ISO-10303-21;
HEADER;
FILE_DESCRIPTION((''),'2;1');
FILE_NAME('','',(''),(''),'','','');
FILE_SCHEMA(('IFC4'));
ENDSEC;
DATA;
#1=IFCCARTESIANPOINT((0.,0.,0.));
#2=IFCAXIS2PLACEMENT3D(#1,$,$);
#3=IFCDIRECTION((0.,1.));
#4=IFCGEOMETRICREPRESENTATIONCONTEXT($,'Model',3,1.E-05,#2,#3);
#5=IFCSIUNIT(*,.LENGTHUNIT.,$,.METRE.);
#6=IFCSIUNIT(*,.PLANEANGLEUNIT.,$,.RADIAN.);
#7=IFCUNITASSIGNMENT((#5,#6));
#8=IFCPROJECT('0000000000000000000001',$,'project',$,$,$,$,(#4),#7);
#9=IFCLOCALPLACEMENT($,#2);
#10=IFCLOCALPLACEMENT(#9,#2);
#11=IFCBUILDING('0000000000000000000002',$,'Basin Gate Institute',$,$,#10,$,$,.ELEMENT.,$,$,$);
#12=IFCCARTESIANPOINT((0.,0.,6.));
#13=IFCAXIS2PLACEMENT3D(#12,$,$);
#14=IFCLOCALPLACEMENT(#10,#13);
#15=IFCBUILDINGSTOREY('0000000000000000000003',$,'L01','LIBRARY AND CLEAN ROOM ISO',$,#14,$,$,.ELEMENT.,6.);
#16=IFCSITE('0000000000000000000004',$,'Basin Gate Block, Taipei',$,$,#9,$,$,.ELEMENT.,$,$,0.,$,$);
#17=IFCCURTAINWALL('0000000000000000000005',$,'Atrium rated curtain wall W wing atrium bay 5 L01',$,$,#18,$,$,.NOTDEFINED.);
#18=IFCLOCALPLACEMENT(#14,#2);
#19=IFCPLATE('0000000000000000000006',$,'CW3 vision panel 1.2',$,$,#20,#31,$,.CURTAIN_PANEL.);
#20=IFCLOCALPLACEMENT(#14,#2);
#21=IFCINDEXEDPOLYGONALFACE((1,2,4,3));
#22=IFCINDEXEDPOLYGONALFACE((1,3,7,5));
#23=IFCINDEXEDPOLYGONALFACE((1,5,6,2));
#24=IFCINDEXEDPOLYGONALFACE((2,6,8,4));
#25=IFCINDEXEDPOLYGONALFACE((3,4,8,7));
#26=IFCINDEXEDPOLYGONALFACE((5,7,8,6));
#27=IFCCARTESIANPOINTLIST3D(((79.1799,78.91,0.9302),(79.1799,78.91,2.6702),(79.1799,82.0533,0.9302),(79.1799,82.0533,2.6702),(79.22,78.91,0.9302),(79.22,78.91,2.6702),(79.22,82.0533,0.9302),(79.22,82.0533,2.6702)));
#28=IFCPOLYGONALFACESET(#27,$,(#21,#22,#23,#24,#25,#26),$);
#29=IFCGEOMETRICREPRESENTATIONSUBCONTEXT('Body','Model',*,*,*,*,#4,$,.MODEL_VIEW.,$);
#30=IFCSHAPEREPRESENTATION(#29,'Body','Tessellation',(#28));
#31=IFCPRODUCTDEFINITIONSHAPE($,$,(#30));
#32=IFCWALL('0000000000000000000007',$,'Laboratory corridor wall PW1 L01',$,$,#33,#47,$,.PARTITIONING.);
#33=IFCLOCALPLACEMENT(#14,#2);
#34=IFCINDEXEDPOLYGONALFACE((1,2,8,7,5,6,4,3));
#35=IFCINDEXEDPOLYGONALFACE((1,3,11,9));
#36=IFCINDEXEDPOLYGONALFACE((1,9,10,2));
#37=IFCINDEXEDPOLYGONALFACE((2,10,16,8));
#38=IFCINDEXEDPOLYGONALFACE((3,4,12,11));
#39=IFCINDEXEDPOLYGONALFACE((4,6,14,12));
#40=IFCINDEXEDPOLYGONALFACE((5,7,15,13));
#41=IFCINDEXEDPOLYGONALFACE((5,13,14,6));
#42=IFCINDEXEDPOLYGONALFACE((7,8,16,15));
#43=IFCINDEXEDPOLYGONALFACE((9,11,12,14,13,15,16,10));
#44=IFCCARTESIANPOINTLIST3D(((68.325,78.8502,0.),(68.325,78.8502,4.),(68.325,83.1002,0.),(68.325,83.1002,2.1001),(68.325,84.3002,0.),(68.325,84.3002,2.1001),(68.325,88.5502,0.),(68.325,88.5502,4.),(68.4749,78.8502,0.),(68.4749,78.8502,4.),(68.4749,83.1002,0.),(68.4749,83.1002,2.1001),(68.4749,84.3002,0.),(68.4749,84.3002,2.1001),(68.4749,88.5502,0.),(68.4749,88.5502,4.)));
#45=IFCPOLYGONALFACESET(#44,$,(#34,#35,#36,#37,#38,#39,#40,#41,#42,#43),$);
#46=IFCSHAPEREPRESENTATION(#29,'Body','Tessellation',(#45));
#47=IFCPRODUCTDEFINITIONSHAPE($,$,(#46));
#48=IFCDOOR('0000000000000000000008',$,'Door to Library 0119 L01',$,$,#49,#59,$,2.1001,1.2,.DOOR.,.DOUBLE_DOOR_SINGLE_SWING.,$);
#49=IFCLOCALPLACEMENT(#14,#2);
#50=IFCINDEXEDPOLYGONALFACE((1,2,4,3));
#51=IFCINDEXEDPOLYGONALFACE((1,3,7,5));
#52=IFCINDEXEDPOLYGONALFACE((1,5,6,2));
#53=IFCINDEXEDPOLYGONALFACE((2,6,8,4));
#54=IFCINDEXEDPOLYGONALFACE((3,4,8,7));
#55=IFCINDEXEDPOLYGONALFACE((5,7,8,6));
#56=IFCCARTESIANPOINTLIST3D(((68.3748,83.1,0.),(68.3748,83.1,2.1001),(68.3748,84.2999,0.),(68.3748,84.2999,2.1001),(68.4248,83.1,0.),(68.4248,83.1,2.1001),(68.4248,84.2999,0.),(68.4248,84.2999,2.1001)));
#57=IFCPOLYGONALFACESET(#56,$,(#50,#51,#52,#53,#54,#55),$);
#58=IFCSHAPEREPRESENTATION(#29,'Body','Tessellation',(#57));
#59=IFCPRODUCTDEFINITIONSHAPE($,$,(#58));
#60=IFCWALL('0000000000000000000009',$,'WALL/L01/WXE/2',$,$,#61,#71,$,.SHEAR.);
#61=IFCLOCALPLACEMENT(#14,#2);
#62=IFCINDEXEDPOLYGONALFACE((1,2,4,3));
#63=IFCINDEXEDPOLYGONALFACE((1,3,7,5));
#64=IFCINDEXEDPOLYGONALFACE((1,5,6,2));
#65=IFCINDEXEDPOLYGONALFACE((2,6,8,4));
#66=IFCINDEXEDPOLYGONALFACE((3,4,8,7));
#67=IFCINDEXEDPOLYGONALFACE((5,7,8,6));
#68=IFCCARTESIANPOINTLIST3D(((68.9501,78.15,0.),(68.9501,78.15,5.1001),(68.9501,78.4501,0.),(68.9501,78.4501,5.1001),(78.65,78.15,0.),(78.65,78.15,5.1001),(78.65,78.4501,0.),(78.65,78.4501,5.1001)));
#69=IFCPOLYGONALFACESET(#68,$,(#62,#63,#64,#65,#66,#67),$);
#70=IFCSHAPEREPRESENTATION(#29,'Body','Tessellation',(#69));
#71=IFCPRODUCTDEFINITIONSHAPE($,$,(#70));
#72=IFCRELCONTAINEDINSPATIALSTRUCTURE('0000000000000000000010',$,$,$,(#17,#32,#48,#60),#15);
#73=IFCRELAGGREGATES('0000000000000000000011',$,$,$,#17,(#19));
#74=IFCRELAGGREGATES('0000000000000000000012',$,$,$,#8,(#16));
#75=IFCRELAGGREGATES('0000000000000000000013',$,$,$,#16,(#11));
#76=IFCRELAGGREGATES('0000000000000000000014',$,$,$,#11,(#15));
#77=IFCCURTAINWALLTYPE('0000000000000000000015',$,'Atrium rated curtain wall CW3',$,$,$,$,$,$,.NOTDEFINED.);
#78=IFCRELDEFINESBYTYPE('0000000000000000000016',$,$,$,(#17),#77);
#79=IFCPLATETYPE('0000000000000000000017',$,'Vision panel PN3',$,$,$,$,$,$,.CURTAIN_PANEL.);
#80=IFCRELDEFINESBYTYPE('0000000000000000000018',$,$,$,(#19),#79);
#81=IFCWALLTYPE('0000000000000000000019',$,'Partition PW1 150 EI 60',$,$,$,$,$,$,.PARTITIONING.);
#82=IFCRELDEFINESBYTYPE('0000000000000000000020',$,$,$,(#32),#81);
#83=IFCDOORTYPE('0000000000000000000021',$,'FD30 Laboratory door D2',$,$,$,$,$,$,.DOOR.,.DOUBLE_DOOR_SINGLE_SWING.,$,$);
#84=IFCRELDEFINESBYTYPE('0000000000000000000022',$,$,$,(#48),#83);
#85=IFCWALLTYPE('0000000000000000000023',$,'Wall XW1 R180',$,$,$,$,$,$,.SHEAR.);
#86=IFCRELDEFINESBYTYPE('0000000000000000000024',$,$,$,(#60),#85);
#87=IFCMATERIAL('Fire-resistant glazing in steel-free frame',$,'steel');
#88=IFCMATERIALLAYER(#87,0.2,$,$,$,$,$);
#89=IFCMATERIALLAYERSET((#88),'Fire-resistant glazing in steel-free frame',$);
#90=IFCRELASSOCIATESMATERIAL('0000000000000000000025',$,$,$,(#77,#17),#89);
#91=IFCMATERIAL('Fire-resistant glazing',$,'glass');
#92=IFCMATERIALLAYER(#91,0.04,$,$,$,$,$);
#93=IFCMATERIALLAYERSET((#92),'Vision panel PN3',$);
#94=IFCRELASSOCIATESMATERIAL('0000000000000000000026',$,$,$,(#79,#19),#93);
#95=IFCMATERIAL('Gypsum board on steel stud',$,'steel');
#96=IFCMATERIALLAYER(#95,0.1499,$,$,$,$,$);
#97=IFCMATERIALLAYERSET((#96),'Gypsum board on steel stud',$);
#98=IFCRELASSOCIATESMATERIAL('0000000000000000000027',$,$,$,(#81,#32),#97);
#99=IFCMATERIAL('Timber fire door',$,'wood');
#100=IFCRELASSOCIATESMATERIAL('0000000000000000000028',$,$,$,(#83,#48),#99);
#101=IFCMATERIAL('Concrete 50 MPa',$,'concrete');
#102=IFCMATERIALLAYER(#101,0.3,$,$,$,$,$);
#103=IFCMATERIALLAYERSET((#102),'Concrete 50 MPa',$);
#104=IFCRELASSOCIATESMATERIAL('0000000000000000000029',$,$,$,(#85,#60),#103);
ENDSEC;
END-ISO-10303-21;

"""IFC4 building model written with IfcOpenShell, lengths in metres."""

from ifc_helpers import new_model, si_unit, direction, frame, frame_2d, origin, origin_2d, place, context, subcontext, project, spatial, rectangle, extrude, material, layer, layer_set, type_object, element, fill, aggregate, save


model = new_model("IFC4")

# Units and contexts
model_context = context("Model", 3, precision=1e-05, world=origin(), true_north=direction((0.0, 1.0)))
body_context = subcontext(model_context, "Body", "Model", "MODEL_VIEW")
ifc_project = project(units=[si_unit("LENGTHUNIT", "METRE"), si_unit("PLANEANGLEUNIT", "RADIAN")], contexts=[model_context])

# Site, building, storey
site_placement = place(None, origin())
site = spatial("IfcSite", under=ifc_project, at=site_placement, Name="Basin Gate Block, Taipei", CompositionType="ELEMENT", RefElevation=0.0)
building_placement = place(site_placement, origin())
building = spatial("IfcBuilding", under=site, at=building_placement, Name="Basin Gate Institute", CompositionType="ELEMENT")
storey_placement = place(building_placement, frame((0.0, 0.0, 6.0)))
storey = spatial("IfcBuildingStorey", under=building, at=storey_placement, Name="L01", Description="LIBRARY AND CLEAN ROOM ISO", CompositionType="ELEMENT", Elevation=6.0)

# Curtain wall
ifc_material_1 = material(Name="Fire-resistant glazing in steel-free frame", Category="steel")
ifc_layer_1 = layer(ifc_material_1, 0.2)
ifc_layer_set_1 = layer_set([ifc_layer_1], Name="Fire-resistant glazing in steel-free frame")
curtain_wall_type = type_object("IfcCurtainWallType", Name="Atrium rated curtain wall CW3", PredefinedType="NOTDEFINED", material=ifc_layer_set_1)
curtain_wall_1_placement = place(storey_placement, origin())
curtain_wall_1 = element("IfcCurtainWall", 1, at=curtain_wall_1_placement, inside=storey, type_object=curtain_wall_type, material=ifc_layer_set_1, Name="Atrium rated curtain wall W wing atrium bay 5 L01", PredefinedType="NOTDEFINED")

# Plate
ifc_material_2 = material(Name="Fire-resistant glazing", Category="glass")
ifc_layer_2 = layer(ifc_material_2, 0.04)
ifc_layer_set_2 = layer_set([ifc_layer_2], Name="Vision panel PN3")
plate_type_1 = type_object("IfcPlateType", Name="Vision panel PN3", PredefinedType="CURTAIN_PANEL", material=ifc_layer_set_2)
plate_1_placement = place(storey_placement, frame((79.2, 80.4817, 0.9302), z_axis=(0.0, 0.0, 1.0), x_axis=(0.0, 1.0, 0.0)))
plate_1 = element("IfcPlate", 2, at=plate_1_placement, type_object=plate_type_1, material=ifc_layer_set_2, Name="CW3 vision panel 1.2", PredefinedType="CURTAIN_PANEL", context=body_context, shape_type="SweptSolid", body=[
    extrude(rectangle(XDim=3.1433, YDim=0.04, at=origin_2d()), origin(), (0.0, 0.0, 1.0), 1.74),
])
aggregate(curtain_wall_1, [plate_1])

# Wall, opening, door
ifc_material_3 = material(Name="Gypsum board on steel stud", Category="steel")
ifc_layer_3 = layer(ifc_material_3, 0.1499)
ifc_layer_set_3 = layer_set([ifc_layer_3], Name="Gypsum board on steel stud")
wall_type_1 = type_object("IfcWallType", Name="Partition PW1 150 EI 60", PredefinedType="PARTITIONING", material=ifc_layer_set_3)
wall_1_placement = place(storey_placement, frame((68.3999, 78.8501, 0.0), z_axis=(0.0, 0.0, 1.0), x_axis=(0.0, 1.0, 0.0)))
wall_1 = element("IfcWall", 3, at=wall_1_placement, inside=storey, type_object=wall_type_1, material=ifc_layer_set_3, Name="Laboratory corridor wall PW1 L01", PredefinedType="PARTITIONING", context=body_context, shape_type="SweptSolid", body=[
    extrude(rectangle(XDim=9.7, YDim=0.1499, at=frame_2d((4.8501, 0.0))), origin(), (0.0, 0.0, 1.0), 4.0),
])
opening_placement = place(wall_1_placement, frame((4.25, 0.0, 0.0)))
opening = element("IfcOpeningElement", 4, at=opening_placement, cuts=wall_1, PredefinedType="OPENING", context=body_context, shape_type="SweptSolid", body=[
    extrude(rectangle(XDim=1.2, YDim=2.1001, at=frame_2d((0.6001, 1.05))), frame((0.0, 0.085, 0.0), z_axis=(0.0, -1.0, 0.0), x_axis=(1.0, 0.0, 0.0)), (0.0, 0.0, 1.0), 0.1699),
])
ifc_material_4 = material(Name="Timber fire door", Category="wood")
door_type = type_object("IfcDoorType", Name="FD30 Laboratory door D2", OperationType="DOUBLE_DOOR_SINGLE_SWING", PredefinedType="DOOR", material=ifc_material_4)
door_placement = place(opening_placement, frame((1.2, 0.0, 0.0), z_axis=(0.0, 0.0, 1.0), x_axis=(-1.0, 0.0, 0.0)))
door = element("IfcDoor", 5, at=door_placement, inside=storey, type_object=door_type, material=ifc_material_4, Name="Door to Library 0119 L01", OperationType="DOUBLE_DOOR_SINGLE_SWING", OverallHeight=2.1001, OverallWidth=1.2, PredefinedType="DOOR", context=body_context, shape_type="SweptSolid", body=[
    extrude(rectangle(XDim=1.2, YDim=2.1001, at=frame_2d((0.6001, 1.05))), frame((0.0, 0.0249, 0.0), z_axis=(0.0, -1.0, 0.0), x_axis=(1.0, 0.0, 0.0)), (0.0, 0.0, 1.0), 0.05),
])
fill(opening, door)

# Wall
ifc_material_5 = material(Name="Concrete 50 MPa", Category="concrete")
ifc_layer_4 = layer(ifc_material_5, 0.3)
ifc_layer_set_4 = layer_set([ifc_layer_4], Name="Concrete 50 MPa")
wall_type_2 = type_object("IfcWallType", Name="Wall XW1 R180", PredefinedType="SHEAR", material=ifc_layer_set_4)
wall_2_placement = place(storey_placement, frame((68.95, 78.3, 0.0), z_axis=(0.0, 0.0, 1.0), x_axis=(1.0, 0.0, 0.0)))
element("IfcWall", 6, at=wall_2_placement, inside=storey, type_object=wall_type_2, material=ifc_layer_set_4, Name="WALL/L01/WXE/2", PredefinedType="SHEAR", context=body_context, shape_type="SweptSolid", body=[
    extrude(rectangle(XDim=9.7, YDim=0.3, at=frame_2d((4.8501, 0.0))), origin(), (0.0, 0.0, 1.0), 5.1001),
])

save(model, "model.ifc")
